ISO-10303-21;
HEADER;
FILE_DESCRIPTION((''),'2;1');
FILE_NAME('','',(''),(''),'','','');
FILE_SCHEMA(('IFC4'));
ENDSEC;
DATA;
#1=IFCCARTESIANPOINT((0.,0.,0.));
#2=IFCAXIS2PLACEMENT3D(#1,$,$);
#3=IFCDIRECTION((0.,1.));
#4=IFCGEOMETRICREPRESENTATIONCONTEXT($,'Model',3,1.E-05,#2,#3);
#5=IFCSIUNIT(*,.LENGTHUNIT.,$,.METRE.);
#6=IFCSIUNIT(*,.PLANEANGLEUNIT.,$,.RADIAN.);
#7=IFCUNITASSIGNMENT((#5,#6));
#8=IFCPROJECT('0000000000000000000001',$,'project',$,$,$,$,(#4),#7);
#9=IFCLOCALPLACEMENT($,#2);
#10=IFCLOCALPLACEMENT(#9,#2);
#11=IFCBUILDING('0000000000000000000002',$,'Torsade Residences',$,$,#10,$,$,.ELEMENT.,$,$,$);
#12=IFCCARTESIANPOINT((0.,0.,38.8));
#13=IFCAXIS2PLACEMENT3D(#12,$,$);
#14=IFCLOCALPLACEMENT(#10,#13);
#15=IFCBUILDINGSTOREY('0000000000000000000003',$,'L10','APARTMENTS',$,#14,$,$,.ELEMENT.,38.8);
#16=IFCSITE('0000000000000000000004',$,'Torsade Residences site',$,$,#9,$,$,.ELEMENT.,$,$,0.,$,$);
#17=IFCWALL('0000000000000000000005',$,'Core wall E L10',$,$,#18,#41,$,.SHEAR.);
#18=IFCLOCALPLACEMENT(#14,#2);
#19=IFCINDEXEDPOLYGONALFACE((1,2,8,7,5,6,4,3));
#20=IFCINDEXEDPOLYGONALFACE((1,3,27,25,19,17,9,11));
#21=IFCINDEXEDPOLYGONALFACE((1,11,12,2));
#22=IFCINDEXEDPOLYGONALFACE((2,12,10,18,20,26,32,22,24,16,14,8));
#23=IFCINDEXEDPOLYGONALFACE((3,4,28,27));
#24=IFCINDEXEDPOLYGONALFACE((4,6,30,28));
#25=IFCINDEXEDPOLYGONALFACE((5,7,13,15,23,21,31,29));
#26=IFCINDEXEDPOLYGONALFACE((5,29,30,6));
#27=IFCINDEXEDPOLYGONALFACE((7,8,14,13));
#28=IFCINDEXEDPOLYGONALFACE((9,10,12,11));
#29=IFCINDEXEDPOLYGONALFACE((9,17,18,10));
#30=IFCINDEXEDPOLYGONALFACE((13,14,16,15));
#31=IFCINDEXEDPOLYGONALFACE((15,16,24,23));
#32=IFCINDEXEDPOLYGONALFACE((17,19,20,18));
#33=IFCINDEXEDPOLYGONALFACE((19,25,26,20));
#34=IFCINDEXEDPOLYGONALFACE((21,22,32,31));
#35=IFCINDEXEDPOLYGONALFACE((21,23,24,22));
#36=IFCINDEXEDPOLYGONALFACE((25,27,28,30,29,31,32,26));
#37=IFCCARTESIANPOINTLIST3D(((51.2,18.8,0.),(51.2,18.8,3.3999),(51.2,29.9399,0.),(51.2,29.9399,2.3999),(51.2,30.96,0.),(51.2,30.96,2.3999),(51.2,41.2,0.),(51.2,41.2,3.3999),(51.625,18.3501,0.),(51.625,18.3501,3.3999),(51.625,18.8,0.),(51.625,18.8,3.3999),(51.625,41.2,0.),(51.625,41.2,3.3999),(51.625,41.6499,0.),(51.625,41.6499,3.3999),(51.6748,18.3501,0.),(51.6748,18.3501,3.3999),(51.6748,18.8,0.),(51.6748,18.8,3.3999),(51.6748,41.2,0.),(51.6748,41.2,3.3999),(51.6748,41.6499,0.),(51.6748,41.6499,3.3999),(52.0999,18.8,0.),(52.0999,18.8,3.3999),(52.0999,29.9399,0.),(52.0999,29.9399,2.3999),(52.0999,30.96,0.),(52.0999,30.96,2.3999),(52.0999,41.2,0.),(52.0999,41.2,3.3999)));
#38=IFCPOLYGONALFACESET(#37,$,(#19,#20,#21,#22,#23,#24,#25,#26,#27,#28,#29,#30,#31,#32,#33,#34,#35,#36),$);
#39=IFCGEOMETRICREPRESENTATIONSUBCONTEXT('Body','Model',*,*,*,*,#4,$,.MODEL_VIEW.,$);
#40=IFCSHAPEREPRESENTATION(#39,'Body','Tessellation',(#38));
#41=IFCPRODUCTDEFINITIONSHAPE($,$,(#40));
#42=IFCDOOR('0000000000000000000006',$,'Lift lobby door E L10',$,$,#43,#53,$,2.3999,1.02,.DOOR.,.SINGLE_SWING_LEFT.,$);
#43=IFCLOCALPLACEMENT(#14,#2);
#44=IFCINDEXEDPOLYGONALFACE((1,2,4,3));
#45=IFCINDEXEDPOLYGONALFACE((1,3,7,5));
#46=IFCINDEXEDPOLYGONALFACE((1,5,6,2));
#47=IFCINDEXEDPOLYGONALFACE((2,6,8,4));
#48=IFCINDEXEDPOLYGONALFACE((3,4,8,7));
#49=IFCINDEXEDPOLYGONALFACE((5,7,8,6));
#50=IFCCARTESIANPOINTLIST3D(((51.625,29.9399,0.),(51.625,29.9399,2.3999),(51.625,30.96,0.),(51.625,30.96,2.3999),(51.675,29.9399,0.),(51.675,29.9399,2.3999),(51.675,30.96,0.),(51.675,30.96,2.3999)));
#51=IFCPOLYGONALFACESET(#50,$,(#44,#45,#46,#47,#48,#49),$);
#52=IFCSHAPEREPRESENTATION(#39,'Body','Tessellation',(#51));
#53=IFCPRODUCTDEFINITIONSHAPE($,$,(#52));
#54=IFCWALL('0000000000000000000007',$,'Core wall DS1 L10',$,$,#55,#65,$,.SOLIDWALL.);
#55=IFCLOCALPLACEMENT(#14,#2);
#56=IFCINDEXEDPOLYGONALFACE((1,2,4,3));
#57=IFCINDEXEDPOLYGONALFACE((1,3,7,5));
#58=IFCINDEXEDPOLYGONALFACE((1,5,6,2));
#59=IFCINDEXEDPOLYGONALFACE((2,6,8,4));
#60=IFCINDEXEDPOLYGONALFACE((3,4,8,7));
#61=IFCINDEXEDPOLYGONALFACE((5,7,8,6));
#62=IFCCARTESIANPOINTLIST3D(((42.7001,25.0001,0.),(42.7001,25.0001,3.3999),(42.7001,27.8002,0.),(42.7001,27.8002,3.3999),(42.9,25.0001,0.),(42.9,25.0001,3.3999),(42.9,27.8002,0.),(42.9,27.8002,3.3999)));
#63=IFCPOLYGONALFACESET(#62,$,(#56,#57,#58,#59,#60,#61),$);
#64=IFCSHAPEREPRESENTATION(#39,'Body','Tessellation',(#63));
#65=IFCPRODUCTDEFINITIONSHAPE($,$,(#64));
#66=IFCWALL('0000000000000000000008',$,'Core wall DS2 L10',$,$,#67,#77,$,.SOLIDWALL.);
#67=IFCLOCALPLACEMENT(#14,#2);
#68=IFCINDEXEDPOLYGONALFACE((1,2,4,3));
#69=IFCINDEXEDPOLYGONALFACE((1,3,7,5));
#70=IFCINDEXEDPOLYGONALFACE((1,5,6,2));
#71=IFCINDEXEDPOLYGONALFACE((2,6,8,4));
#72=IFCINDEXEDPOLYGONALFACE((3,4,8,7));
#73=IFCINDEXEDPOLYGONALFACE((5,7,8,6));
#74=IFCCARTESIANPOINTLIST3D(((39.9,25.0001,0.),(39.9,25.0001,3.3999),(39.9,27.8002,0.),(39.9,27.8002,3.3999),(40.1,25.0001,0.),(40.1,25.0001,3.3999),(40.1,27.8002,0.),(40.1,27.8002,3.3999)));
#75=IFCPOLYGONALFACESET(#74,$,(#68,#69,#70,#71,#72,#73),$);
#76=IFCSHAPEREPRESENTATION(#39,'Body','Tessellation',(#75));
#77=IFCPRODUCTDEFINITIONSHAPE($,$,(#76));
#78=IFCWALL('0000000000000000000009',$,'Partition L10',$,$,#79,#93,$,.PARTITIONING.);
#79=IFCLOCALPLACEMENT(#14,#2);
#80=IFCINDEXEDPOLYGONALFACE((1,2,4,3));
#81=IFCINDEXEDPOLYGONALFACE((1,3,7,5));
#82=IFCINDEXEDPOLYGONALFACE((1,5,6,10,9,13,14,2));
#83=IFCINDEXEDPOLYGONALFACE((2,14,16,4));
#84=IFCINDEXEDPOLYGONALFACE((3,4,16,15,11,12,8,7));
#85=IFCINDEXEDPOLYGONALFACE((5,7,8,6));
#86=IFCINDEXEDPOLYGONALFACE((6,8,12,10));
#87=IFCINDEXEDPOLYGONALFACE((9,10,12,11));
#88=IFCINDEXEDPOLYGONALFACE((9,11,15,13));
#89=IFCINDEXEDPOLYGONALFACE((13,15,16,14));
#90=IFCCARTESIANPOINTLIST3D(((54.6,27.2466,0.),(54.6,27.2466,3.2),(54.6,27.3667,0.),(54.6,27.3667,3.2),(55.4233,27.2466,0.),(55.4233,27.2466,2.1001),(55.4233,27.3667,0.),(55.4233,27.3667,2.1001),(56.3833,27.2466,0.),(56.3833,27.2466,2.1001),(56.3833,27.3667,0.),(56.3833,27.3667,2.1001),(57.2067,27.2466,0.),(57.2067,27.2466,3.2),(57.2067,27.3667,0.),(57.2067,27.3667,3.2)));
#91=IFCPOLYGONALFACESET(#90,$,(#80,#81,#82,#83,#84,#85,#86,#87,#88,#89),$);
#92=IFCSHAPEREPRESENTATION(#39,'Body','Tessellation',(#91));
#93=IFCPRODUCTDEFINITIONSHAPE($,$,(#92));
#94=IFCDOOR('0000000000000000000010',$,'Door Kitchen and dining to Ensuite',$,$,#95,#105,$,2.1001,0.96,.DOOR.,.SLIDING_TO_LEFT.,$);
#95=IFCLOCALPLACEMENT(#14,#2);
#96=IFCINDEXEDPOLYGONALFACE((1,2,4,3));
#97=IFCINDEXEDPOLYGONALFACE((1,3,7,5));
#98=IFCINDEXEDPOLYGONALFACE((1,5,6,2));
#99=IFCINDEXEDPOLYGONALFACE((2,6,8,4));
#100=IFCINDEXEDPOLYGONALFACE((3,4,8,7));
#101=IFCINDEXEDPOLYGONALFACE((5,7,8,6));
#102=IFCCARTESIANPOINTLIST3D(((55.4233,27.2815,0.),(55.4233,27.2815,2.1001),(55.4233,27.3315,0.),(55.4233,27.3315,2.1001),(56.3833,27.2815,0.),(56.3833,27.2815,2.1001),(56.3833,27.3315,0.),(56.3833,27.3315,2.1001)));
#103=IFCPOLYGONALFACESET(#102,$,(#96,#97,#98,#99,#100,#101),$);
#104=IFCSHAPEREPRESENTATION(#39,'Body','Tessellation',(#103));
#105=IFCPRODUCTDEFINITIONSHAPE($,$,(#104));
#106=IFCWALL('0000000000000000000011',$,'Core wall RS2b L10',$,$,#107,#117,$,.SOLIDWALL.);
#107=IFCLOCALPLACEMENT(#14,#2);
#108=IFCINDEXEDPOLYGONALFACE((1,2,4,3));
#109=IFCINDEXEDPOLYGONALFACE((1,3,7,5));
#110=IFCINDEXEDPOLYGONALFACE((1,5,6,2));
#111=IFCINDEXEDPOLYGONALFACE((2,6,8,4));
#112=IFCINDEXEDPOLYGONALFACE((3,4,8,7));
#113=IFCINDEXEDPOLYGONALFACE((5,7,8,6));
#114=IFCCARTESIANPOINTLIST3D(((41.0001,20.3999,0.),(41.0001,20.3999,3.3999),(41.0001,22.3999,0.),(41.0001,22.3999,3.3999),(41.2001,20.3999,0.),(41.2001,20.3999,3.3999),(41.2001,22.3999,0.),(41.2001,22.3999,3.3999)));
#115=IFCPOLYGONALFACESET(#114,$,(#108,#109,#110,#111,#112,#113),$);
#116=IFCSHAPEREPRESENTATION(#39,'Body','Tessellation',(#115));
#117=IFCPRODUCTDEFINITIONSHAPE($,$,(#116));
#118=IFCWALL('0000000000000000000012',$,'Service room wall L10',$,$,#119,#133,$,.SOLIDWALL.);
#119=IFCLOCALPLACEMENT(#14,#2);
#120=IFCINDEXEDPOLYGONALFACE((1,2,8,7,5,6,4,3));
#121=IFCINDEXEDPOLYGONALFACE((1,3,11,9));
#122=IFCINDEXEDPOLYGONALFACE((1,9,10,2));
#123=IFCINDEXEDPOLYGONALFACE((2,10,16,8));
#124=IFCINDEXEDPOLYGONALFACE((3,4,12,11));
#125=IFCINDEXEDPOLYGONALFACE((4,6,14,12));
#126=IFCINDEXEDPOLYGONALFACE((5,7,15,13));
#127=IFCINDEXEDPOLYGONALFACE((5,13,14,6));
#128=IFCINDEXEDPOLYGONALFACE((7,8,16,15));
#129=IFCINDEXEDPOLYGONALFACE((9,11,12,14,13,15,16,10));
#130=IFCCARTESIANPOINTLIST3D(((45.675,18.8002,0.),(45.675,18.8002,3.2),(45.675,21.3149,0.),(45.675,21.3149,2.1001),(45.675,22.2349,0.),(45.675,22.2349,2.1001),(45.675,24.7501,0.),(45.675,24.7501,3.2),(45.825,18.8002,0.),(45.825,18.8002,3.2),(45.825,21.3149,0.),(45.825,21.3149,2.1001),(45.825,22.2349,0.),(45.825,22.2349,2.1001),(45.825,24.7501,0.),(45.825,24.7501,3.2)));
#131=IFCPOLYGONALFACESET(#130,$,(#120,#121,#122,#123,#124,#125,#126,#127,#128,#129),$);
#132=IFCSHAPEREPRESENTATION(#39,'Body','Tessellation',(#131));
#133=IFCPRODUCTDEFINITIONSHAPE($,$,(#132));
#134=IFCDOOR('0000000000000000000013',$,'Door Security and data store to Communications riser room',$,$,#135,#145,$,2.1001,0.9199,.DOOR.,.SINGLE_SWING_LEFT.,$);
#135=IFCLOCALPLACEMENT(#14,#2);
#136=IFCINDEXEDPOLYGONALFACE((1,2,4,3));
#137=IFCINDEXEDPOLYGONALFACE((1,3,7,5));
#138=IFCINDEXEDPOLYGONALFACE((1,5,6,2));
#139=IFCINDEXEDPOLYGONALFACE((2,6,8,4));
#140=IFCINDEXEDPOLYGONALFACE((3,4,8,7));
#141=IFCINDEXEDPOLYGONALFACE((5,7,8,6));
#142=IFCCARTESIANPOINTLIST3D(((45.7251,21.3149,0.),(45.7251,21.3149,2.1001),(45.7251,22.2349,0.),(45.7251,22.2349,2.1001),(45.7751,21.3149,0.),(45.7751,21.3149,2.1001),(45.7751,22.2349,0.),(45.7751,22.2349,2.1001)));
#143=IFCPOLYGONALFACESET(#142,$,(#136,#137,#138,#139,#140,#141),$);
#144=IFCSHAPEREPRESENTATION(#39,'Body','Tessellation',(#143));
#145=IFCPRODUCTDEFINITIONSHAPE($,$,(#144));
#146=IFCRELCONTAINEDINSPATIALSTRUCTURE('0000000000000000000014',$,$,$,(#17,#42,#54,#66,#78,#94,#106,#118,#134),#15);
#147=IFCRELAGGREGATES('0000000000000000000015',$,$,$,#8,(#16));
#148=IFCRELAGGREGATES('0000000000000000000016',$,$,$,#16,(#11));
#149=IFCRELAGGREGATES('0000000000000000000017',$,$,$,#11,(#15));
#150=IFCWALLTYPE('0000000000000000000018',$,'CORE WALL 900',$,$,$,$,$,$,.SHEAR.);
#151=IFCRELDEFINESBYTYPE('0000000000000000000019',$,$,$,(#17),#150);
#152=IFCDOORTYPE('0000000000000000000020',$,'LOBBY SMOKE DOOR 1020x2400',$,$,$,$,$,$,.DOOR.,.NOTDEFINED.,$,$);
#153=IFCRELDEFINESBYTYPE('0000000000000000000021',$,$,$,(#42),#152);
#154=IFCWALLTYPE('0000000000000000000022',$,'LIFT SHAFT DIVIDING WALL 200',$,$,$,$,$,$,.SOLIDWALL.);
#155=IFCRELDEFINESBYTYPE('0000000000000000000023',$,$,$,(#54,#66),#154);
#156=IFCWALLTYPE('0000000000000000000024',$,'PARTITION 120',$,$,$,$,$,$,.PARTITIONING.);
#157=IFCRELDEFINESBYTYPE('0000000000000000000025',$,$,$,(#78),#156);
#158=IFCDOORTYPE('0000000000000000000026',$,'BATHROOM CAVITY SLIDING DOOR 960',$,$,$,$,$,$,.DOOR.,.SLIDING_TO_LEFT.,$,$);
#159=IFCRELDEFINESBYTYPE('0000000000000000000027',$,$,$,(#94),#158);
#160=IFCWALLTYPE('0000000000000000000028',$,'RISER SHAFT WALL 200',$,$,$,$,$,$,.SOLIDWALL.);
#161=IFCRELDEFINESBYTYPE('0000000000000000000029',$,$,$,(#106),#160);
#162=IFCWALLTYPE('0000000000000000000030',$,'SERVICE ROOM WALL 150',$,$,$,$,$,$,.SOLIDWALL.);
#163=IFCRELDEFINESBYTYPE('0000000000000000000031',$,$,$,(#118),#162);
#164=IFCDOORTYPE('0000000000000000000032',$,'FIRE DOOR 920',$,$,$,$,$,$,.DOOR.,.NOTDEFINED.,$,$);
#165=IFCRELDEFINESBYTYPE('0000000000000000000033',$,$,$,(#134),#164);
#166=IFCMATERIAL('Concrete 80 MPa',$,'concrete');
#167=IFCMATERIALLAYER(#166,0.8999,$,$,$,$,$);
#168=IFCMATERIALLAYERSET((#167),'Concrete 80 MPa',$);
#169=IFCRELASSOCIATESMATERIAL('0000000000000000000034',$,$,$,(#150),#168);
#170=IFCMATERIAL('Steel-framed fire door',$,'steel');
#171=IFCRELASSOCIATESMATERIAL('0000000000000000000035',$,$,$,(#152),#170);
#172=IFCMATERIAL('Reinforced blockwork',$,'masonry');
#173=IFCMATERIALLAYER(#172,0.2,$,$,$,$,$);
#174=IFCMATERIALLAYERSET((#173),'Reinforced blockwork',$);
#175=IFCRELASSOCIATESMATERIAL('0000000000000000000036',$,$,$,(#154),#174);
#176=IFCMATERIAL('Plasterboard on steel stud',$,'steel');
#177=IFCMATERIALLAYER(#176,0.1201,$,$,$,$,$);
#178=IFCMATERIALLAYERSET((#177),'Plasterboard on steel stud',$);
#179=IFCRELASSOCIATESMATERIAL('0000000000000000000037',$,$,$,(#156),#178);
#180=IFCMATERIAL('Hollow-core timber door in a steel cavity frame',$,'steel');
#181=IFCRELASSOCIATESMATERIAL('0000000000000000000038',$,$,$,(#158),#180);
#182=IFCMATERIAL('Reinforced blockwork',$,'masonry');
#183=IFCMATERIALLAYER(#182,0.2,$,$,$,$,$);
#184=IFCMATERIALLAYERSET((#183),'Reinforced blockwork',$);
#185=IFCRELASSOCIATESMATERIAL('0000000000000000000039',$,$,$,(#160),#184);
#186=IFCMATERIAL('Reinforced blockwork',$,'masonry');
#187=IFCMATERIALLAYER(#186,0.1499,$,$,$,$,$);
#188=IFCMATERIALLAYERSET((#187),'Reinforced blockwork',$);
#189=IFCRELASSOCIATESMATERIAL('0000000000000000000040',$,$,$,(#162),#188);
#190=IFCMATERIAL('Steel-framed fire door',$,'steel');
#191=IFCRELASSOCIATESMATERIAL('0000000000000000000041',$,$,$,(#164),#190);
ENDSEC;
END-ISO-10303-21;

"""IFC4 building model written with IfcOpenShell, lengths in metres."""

from ifc_helpers import new_model, si_unit, direction, frame, frame_2d, origin, place, context, subcontext, project, spatial, polyline, rectangle, outline, extrude, material, layer, layer_set, type_object, element, fill, save


model = new_model("IFC4")

# Units and contexts
model_context = context("Model", 3, precision=1e-05, world=origin(), true_north=direction((0.0, 1.0)))
body_context = subcontext(model_context, "Body", "Model", "MODEL_VIEW")
ifc_project = project(units=[si_unit("LENGTHUNIT", "METRE"), si_unit("PLANEANGLEUNIT", "RADIAN")], contexts=[model_context])

# Site, building, storey
site_placement = place(None, origin())
site = spatial("IfcSite", under=ifc_project, at=site_placement, Name="Torsade Residences site", CompositionType="ELEMENT", RefElevation=0.0)
building_placement = place(site_placement, origin())
building = spatial("IfcBuilding", under=site, at=building_placement, Name="Torsade Residences", CompositionType="ELEMENT")
storey_placement = place(building_placement, frame((0.0, 0.0, 38.8)))
storey = spatial("IfcBuildingStorey", under=building, at=storey_placement, Name="L10", Description="APARTMENTS", CompositionType="ELEMENT", Elevation=38.8)

# Wall, opening, door
ifc_material_1 = material(Name="Concrete 80 MPa", Category="concrete")
ifc_layer_1 = layer(ifc_material_1, 0.8999)
ifc_layer_set_1 = layer_set([ifc_layer_1], Name="Concrete 80 MPa")
wall_type_1 = type_object("IfcWallType", Name="CORE WALL 900", PredefinedType="SHEAR", material=ifc_layer_set_1)
wall_1_placement = place(storey_placement, frame((51.6499, 18.8, 0.0), z_axis=(0.0, 0.0, 1.0), x_axis=(0.0, 1.0, 0.0)))
wall_1 = element("IfcWall", 1, at=wall_1_placement, inside=storey, type_object=wall_type_1, Name="Core wall E L10", PredefinedType="SHEAR", context=body_context, shape_type="SweptSolid", body=[
    extrude(outline(polyline([(0.0, -0.45), (22.3999, -0.45), (22.3999, -0.0249), (22.8499, -0.0249), (22.8499, 0.0249), (22.3999, 0.0249), (22.3999, 0.45), (0.0, 0.45), (0.0, 0.0249), (-0.45, 0.0249), (-0.45, -0.0249), (0.0, -0.0249), (0.0, -0.45)])), origin(), (0.0, 0.0, 1.0), 3.3999),
])
opening_1_placement = place(wall_1_placement, frame((11.1399, 0.0, 0.0)))
opening_1 = element("IfcOpeningElement", 2, at=opening_1_placement, cuts=wall_1, PredefinedType="OPENING", context=body_context, shape_type="SweptSolid", body=[
    extrude(rectangle(XDim=1.02, YDim=2.3999, at=frame_2d((0.51, 1.2))), frame((0.0, 0.46, 0.0), z_axis=(0.0, -1.0, 0.0), x_axis=(1.0, 0.0, 0.0)), (0.0, 0.0, 1.0), 0.9199),
])
ifc_material_2 = material(Name="Steel-framed fire door", Category="steel")
door_type_1 = type_object("IfcDoorType", Name="LOBBY SMOKE DOOR 1020x2400", OperationType="NOTDEFINED", PredefinedType="DOOR", material=ifc_material_2)
door_1_placement = place(opening_1_placement, origin())
door_1 = element("IfcDoor", 3, at=door_1_placement, inside=storey, type_object=door_type_1, Name="Lift lobby door E L10", OperationType="SINGLE_SWING_LEFT", OverallHeight=2.3999, OverallWidth=1.02, PredefinedType="DOOR", context=body_context, shape_type="SweptSolid", body=[
    extrude(rectangle(XDim=1.02, YDim=2.3999, at=frame_2d((0.51, 1.2))), frame((0.0, 0.0249, 0.0), z_axis=(0.0, -1.0, 0.0), x_axis=(1.0, 0.0, 0.0)), (0.0, 0.0, 1.0), 0.05),
])
fill(opening_1, door_1)

# Walls
ifc_material_3 = material(Name="Reinforced blockwork", Category="masonry")
ifc_layer_2 = layer(ifc_material_3, 0.2)
ifc_layer_set_2 = layer_set([ifc_layer_2], Name="Reinforced blockwork")
wall_type_2 = type_object("IfcWallType", Name="LIFT SHAFT DIVIDING WALL 200", PredefinedType="SOLIDWALL", material=ifc_layer_set_2)
for number, where, z_axis, x_axis, name in (
    (4, (42.8, 27.8, 0.0), (0.0, 0.0, 1.0), (0.0, -1.0, 0.0), "Core wall DS1 L10"),
    (5, (40.0, 27.8, 0.0), (0.0, 0.0, 1.0), (0.0, -1.0, 0.0), "Core wall DS2 L10"),
):
    element("IfcWall", number, at=place(storey_placement, frame(where, z_axis=z_axis, x_axis=x_axis)), inside=storey, type_object=wall_type_2, Name=name, PredefinedType="SOLIDWALL", context=body_context, shape_type="SweptSolid", body=[
        extrude(rectangle(XDim=2.8, YDim=0.2, at=frame_2d((1.3999, 0.0))), origin(), (0.0, 0.0, 1.0), 3.3999),
    ])

# Wall, opening, door
ifc_material_4 = material(Name="Plasterboard on steel stud", Category="steel")
ifc_layer_3 = layer(ifc_material_4, 0.1201)
ifc_layer_set_3 = layer_set([ifc_layer_3], Name="Plasterboard on steel stud")
wall_type_3 = type_object("IfcWallType", Name="PARTITION 120", PredefinedType="PARTITIONING", material=ifc_layer_set_3)
wall_2_placement = place(storey_placement, frame((54.6001, 27.3066, 0.0), z_axis=(0.0, 0.0, 1.0), x_axis=(1.0, 0.0, 0.0)))
wall_2 = element("IfcWall", 6, at=wall_2_placement, inside=storey, type_object=wall_type_3, Name="Partition L10", PredefinedType="PARTITIONING", context=body_context, shape_type="SweptSolid", body=[
    extrude(rectangle(XDim=2.6067, YDim=0.1201, at=frame_2d((1.3032, 0.0))), origin(), (0.0, 0.0, 1.0), 3.2),
])
opening_2_placement = place(wall_2_placement, frame((0.8232, 0.0, 0.0)))
opening_2 = element("IfcOpeningElement", 7, at=opening_2_placement, cuts=wall_2, PredefinedType="OPENING", context=body_context, shape_type="SweptSolid", body=[
    extrude(rectangle(XDim=0.96, YDim=2.1001, at=frame_2d((0.48, 1.05))), frame((0.0, 0.0701, 0.0), z_axis=(0.0, -1.0, 0.0), x_axis=(1.0, 0.0, 0.0)), (0.0, 0.0, 1.0), 0.1401),
])
ifc_material_5 = material(Name="Hollow-core timber door in a steel cavity frame", Category="steel")
door_type_2 = type_object("IfcDoorType", Name="BATHROOM CAVITY SLIDING DOOR 960", OperationType="SLIDING_TO_LEFT", PredefinedType="DOOR", material=ifc_material_5)
door_2_placement = place(opening_2_placement, origin())
door_2 = element("IfcDoor", 8, at=door_2_placement, inside=storey, type_object=door_type_2, Name="Door Kitchen and dining to Ensuite", OperationType="SLIDING_TO_LEFT", OverallHeight=2.1001, OverallWidth=0.96, PredefinedType="DOOR", context=body_context, shape_type="SweptSolid", body=[
    extrude(rectangle(XDim=0.96, YDim=2.1001, at=frame_2d((0.48, 1.05))), frame((0.0, 0.0249, 0.0), z_axis=(0.0, -1.0, 0.0), x_axis=(1.0, 0.0, 0.0)), (0.0, 0.0, 1.0), 0.05),
])
fill(opening_2, door_2)

# Wall
ifc_material_6 = material(Name="Reinforced blockwork", Category="masonry")
ifc_layer_4 = layer(ifc_material_6, 0.2)
ifc_layer_set_4 = layer_set([ifc_layer_4], Name="Reinforced blockwork")
wall_type_4 = type_object("IfcWallType", Name="RISER SHAFT WALL 200", PredefinedType="SOLIDWALL", material=ifc_layer_set_4)
wall_3_placement = place(storey_placement, frame((41.1001, 22.3999, 0.0), z_axis=(0.0, 0.0, 1.0), x_axis=(0.0, -1.0, 0.0)))
element("IfcWall", 9, at=wall_3_placement, inside=storey, type_object=wall_type_4, Name="Core wall RS2b L10", PredefinedType="SOLIDWALL", context=body_context, shape_type="SweptSolid", body=[
    extrude(rectangle(XDim=2.0, YDim=0.2, at=frame_2d((1.0, 0.0))), origin(), (0.0, 0.0, 1.0), 3.3999),
])

# Wall, opening, door
ifc_material_7 = material(Name="Reinforced blockwork", Category="masonry")
ifc_layer_5 = layer(ifc_material_7, 0.1499)
ifc_layer_set_5 = layer_set([ifc_layer_5], Name="Reinforced blockwork")
wall_type_5 = type_object("IfcWallType", Name="SERVICE ROOM WALL 150", PredefinedType="SOLIDWALL", material=ifc_layer_set_5)
wall_4_placement = place(storey_placement, frame((45.75, 18.8, 0.0), z_axis=(0.0, 0.0, 1.0), x_axis=(0.0, 1.0, 0.0)))
wall_4 = element("IfcWall", 10, at=wall_4_placement, inside=storey, type_object=wall_type_5, Name="Service room wall L10", PredefinedType="SOLIDWALL", context=body_context, shape_type="SweptSolid", body=[
    extrude(rectangle(XDim=5.95, YDim=0.1499, at=frame_2d((2.9751, 0.0))), origin(), (0.0, 0.0, 1.0), 3.2),
])
opening_3_placement = place(wall_4_placement, frame((2.5149, 0.0, 0.0)))
opening_3 = element("IfcOpeningElement", 11, at=opening_3_placement, cuts=wall_4, PredefinedType="OPENING", context=body_context, shape_type="SweptSolid", body=[
    extrude(rectangle(XDim=0.9199, YDim=2.1001, at=frame_2d((0.46, 1.05))), frame((0.0, 0.085, 0.0), z_axis=(0.0, -1.0, 0.0), x_axis=(1.0, 0.0, 0.0)), (0.0, 0.0, 1.0), 0.1699),
])
ifc_material_8 = material(Name="Steel-framed fire door", Category="steel")
door_type_3 = type_object("IfcDoorType", Name="FIRE DOOR 920", OperationType="NOTDEFINED", PredefinedType="DOOR", material=ifc_material_8)
door_3_placement = place(opening_3_placement, origin())
door_3 = element("IfcDoor", 12, at=door_3_placement, inside=storey, type_object=door_type_3, Name="Door Security and data store to Communications riser room", OperationType="SINGLE_SWING_LEFT", OverallHeight=2.1001, OverallWidth=0.9199, PredefinedType="DOOR", context=body_context, shape_type="SweptSolid", body=[
    extrude(rectangle(XDim=0.9199, YDim=2.1001, at=frame_2d((0.46, 1.05))), frame((0.0, 0.0249, 0.0), z_axis=(0.0, -1.0, 0.0), x_axis=(1.0, 0.0, 0.0)), (0.0, 0.0, 1.0), 0.05),
])
fill(opening_3, door_3)

save(model, "model.ifc")
